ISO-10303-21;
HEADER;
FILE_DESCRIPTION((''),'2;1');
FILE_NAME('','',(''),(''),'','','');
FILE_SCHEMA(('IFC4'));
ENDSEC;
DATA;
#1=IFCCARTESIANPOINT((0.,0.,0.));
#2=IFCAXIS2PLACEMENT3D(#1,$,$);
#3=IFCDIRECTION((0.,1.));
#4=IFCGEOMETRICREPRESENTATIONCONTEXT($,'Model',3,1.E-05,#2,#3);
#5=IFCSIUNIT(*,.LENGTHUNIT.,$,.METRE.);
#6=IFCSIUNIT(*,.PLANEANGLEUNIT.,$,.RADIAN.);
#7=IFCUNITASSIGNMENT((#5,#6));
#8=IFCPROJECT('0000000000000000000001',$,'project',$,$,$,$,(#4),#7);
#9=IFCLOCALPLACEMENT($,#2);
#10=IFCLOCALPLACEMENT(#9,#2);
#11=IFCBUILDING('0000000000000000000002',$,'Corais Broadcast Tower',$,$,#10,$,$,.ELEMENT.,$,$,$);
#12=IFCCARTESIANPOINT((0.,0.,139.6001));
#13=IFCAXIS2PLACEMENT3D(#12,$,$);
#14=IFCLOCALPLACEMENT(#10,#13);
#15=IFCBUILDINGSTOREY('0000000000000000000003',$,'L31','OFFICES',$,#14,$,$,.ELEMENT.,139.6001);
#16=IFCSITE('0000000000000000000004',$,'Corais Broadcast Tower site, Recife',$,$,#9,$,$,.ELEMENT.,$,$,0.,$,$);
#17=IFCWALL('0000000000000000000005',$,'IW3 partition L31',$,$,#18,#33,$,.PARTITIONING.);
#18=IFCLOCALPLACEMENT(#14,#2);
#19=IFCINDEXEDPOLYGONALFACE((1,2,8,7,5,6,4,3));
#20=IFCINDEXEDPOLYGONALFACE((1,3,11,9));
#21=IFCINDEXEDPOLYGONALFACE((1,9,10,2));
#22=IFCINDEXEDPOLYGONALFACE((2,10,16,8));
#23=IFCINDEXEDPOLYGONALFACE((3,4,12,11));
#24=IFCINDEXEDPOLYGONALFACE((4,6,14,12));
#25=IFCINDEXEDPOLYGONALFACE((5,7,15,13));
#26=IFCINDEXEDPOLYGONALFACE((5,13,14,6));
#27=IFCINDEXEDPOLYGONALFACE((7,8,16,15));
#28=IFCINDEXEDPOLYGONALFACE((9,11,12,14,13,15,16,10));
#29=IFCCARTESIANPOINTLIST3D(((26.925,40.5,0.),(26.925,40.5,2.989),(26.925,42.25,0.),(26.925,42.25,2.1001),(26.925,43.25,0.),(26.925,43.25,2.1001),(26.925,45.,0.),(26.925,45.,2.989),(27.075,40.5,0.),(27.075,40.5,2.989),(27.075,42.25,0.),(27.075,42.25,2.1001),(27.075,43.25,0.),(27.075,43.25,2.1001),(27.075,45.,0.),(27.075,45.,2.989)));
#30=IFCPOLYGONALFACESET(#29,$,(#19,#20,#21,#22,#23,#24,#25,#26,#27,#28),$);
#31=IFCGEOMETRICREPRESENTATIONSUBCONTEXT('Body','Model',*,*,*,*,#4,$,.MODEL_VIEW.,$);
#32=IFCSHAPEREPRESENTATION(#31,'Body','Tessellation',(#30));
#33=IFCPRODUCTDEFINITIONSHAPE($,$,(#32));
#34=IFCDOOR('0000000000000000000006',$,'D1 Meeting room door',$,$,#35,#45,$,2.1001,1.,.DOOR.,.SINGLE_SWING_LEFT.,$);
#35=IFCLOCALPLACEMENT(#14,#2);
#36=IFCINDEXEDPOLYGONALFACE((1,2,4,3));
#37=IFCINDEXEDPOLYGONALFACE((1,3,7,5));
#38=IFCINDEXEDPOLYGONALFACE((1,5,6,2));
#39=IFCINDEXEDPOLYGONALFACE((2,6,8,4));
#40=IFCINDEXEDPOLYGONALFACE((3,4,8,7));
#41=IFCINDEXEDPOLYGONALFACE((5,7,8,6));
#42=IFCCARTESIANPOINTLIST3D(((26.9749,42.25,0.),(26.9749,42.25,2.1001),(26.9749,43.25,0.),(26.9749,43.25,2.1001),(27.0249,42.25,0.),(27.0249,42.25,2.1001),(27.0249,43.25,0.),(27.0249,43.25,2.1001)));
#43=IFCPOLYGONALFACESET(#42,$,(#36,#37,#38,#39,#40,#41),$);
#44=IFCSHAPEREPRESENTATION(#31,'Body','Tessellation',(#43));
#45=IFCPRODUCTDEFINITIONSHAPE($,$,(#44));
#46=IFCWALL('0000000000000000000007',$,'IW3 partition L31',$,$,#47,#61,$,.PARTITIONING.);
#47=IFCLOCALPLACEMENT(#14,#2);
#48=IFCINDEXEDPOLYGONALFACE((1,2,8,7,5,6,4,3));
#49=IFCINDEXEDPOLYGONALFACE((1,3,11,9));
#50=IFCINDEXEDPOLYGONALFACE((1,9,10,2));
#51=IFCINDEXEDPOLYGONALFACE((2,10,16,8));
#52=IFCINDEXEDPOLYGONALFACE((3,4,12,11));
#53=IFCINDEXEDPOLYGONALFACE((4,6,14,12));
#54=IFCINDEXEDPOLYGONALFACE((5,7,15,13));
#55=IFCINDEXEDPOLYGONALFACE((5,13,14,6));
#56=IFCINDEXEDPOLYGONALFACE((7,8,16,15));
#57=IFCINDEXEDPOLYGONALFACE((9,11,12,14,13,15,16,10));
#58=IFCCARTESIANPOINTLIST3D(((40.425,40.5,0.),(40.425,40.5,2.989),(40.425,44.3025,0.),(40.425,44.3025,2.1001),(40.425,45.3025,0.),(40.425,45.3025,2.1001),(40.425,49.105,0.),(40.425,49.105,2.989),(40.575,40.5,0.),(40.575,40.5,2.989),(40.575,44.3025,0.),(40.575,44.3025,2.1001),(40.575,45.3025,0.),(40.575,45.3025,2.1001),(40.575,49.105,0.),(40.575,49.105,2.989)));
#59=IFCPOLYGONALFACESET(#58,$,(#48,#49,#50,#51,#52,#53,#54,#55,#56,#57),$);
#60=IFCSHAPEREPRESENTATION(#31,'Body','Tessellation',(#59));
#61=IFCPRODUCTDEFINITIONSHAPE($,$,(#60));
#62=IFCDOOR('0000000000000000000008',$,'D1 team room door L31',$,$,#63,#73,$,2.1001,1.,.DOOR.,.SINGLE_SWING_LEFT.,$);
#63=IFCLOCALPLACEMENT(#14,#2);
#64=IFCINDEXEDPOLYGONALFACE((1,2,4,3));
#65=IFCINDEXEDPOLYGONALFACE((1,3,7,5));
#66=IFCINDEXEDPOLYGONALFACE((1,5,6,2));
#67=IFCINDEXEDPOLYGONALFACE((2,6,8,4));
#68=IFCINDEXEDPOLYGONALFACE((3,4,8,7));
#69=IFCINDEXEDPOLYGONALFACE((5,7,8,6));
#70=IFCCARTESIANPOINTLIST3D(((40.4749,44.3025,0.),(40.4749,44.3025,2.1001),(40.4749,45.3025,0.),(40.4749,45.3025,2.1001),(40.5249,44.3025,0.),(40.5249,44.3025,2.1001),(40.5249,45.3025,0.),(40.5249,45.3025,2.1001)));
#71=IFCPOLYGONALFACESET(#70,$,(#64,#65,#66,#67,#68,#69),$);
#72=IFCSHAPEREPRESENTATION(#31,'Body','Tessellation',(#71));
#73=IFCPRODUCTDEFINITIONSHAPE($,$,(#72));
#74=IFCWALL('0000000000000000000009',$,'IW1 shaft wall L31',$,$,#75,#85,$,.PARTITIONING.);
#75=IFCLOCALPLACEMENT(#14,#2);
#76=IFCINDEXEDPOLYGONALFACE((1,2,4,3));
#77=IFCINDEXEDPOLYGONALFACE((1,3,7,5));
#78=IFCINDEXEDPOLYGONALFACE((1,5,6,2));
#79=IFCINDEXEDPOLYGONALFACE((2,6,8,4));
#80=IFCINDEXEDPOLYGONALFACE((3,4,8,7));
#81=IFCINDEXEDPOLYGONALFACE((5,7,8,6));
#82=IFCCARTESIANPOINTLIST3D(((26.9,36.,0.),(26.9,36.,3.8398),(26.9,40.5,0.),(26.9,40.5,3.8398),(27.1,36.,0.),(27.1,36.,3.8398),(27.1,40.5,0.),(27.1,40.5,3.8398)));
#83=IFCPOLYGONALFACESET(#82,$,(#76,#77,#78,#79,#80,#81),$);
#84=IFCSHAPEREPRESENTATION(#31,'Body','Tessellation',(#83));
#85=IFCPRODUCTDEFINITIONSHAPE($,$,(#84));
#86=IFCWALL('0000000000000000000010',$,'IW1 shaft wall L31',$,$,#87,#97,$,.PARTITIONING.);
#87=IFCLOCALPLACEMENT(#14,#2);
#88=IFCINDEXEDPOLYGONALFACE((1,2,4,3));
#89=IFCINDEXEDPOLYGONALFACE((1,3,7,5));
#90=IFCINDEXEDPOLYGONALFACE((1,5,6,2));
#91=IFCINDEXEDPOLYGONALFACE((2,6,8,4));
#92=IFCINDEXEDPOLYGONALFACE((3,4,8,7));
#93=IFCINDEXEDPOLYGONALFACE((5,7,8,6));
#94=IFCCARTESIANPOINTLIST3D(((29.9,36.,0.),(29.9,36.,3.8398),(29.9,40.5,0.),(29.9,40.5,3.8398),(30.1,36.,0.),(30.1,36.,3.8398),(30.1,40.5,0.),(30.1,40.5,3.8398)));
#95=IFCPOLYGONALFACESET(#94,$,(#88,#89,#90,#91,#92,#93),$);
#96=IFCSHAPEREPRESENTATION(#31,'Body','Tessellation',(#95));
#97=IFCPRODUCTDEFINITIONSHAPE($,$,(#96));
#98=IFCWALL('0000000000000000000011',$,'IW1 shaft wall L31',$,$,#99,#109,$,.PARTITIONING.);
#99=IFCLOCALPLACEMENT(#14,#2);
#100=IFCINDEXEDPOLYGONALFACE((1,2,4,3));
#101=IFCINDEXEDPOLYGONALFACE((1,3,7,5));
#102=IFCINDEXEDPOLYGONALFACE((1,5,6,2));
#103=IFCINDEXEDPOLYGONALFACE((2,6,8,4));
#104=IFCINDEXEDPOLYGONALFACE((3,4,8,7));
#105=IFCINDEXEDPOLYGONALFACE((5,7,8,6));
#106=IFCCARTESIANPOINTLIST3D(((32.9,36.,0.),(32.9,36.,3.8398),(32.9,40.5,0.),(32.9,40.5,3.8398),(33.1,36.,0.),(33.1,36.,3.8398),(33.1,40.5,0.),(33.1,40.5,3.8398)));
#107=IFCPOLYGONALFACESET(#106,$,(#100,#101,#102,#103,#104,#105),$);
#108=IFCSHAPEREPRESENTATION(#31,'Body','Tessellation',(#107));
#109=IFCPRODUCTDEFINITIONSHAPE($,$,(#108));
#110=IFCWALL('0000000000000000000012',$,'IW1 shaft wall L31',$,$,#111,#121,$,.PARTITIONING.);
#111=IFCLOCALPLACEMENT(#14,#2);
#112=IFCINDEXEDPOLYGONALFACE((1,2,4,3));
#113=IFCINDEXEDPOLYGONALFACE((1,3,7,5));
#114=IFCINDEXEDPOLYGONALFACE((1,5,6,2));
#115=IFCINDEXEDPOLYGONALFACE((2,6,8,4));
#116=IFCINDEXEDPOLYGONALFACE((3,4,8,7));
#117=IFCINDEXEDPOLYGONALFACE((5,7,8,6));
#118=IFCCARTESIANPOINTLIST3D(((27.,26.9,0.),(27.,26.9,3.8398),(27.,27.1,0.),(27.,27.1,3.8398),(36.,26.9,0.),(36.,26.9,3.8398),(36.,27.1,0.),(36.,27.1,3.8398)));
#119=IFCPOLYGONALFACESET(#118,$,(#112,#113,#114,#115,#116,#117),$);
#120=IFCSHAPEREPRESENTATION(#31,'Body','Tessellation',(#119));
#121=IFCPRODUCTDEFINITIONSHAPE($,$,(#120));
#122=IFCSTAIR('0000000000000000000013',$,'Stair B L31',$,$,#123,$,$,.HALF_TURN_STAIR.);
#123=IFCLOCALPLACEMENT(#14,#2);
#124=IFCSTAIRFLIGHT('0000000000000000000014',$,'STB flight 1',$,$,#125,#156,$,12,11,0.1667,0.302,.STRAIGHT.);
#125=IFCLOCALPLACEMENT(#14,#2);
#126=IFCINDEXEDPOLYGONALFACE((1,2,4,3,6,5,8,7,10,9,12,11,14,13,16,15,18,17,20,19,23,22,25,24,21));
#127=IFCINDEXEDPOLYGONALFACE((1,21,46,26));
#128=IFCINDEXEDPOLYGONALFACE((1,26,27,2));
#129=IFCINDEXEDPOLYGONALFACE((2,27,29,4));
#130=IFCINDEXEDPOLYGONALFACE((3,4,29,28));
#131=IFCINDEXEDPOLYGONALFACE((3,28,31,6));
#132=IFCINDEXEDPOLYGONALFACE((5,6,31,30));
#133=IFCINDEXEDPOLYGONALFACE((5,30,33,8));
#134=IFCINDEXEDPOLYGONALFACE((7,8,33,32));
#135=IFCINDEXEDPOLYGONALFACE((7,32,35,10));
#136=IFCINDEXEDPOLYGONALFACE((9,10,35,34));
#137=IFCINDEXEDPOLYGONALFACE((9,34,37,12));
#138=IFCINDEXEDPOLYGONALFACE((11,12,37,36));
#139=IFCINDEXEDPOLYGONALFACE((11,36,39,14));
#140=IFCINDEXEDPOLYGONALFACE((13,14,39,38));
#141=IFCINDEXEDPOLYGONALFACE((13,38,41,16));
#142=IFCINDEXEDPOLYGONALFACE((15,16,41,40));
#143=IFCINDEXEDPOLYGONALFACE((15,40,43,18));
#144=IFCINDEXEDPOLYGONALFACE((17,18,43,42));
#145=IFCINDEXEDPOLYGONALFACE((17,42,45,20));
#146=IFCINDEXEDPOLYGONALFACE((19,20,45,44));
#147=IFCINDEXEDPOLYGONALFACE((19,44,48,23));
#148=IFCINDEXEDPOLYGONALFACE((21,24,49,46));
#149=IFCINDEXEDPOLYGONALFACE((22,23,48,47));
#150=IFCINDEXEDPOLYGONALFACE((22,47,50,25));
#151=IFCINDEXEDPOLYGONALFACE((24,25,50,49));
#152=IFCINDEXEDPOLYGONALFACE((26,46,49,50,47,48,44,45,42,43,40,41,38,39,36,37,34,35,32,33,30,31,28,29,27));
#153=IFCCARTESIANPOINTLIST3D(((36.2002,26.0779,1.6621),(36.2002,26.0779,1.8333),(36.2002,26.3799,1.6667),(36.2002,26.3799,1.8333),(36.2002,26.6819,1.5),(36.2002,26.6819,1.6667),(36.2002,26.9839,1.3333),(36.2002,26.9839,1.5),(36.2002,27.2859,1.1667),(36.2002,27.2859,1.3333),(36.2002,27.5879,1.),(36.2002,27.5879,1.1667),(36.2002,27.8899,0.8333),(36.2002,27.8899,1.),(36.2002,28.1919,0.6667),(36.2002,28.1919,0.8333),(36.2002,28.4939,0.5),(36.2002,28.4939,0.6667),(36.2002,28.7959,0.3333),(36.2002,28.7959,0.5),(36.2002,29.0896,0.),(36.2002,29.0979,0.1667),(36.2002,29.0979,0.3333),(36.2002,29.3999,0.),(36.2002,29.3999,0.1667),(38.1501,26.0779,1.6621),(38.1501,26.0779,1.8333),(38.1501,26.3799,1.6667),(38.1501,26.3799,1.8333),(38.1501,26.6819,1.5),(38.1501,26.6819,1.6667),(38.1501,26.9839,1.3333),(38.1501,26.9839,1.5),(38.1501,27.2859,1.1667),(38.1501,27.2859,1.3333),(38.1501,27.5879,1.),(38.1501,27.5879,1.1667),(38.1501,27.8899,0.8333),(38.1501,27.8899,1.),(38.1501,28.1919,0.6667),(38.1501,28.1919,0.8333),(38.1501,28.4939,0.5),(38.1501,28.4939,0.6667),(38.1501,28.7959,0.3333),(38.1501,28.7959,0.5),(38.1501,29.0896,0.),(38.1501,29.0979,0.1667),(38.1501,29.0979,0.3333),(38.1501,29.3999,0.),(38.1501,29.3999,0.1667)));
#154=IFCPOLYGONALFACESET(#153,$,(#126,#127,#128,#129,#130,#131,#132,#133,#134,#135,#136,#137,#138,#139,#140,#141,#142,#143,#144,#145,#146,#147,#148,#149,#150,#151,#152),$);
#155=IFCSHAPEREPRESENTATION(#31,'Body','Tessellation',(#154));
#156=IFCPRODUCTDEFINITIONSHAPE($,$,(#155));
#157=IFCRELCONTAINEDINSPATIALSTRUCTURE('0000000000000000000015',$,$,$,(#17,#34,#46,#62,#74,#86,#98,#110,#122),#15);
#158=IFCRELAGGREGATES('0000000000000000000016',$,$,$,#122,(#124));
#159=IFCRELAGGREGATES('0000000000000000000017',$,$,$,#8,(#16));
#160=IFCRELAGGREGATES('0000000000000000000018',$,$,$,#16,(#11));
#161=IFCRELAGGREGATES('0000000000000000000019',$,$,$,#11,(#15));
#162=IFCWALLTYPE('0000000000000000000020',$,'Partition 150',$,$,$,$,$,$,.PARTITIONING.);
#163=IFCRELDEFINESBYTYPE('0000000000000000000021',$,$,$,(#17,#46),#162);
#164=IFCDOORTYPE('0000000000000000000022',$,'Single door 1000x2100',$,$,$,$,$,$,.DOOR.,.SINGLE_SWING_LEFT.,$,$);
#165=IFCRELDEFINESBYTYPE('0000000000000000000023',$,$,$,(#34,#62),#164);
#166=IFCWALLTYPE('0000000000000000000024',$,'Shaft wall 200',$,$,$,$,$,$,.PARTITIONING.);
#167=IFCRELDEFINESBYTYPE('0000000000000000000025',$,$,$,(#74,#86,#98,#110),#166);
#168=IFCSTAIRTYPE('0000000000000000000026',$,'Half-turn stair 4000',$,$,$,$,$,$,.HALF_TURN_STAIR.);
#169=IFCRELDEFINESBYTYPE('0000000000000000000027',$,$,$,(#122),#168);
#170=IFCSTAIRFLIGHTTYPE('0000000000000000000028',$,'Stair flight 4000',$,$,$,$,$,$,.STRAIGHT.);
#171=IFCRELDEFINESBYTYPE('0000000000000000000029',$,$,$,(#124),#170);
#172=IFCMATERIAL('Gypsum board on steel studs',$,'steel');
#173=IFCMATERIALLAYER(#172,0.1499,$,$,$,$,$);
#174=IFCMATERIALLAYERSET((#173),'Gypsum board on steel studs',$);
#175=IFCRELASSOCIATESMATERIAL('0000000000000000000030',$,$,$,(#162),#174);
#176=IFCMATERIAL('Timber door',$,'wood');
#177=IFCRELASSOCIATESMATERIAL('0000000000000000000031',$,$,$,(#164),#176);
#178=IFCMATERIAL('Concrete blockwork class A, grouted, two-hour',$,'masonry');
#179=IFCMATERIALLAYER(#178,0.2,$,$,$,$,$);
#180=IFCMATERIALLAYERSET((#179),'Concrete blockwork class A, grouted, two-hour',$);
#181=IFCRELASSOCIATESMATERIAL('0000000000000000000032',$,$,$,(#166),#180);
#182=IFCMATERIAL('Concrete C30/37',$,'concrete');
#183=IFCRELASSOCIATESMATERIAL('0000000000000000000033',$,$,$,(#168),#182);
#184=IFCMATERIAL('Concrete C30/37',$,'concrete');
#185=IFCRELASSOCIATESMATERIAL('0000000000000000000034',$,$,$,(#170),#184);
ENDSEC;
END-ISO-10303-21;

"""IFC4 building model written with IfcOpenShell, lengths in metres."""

from ifc_helpers import new_model, si_unit, direction, frame, frame_2d, origin, place, context, subcontext, project, spatial, polyline, rectangle, outline, extrude, material, layer, layer_set, type_object, element, fill, aggregate, save


model = new_model("IFC4")

# Units and contexts
model_context = context("Model", 3, precision=1e-05, world=origin(), true_north=direction((0.0, 1.0)))
body_context = subcontext(model_context, "Body", "Model", "MODEL_VIEW")
ifc_project = project(units=[si_unit("LENGTHUNIT", "METRE"), si_unit("PLANEANGLEUNIT", "RADIAN")], contexts=[model_context])

# Site, building, storey
site_placement = place(None, origin())
site = spatial("IfcSite", under=ifc_project, at=site_placement, Name="Corais Broadcast Tower site, Recife", CompositionType="ELEMENT", RefElevation=0.0)
building_placement = place(site_placement, origin())
building = spatial("IfcBuilding", under=site, at=building_placement, Name="Corais Broadcast Tower", CompositionType="ELEMENT")
storey_placement = place(building_placement, frame((0.0, 0.0, 139.6001)))
storey = spatial("IfcBuildingStorey", under=building, at=storey_placement, Name="L31", Description="OFFICES", CompositionType="ELEMENT", Elevation=139.6001)

# Shared definitions
ifc_material_1 = material(Name="Gypsum board on steel studs", Category="steel")
ifc_layer_1 = layer(ifc_material_1, 0.1499)
ifc_layer_set_1 = layer_set([ifc_layer_1], Name="Gypsum board on steel studs")
wall_type_1 = type_object("IfcWallType", Name="Partition 150", PredefinedType="PARTITIONING", material=ifc_layer_set_1)

# Walls, openings, doors
wall_1_placement = place(storey_placement, frame((27.0, 45.0, 0.0), z_axis=(0.0, 0.0, 1.0), x_axis=(0.0, -1.0, 0.0)))
wall_1 = element("IfcWall", 1, at=wall_1_placement, inside=storey, type_object=wall_type_1, Name="IW3 partition L31", PredefinedType="PARTITIONING", context=body_context, shape_type="SweptSolid", body=[
    extrude(rectangle(XDim=4.5, YDim=0.1499, at=frame_2d((2.25, 0.0))), origin(), (0.0, 0.0, 1.0), 2.989),
])
opening_1_placement = place(wall_1_placement, frame((1.75, 0.0, 0.0)))
opening_1 = element("IfcOpeningElement", 2, at=opening_1_placement, cuts=wall_1, PredefinedType="OPENING", context=body_context, shape_type="SweptSolid", body=[
    extrude(rectangle(XDim=1.0, YDim=2.1001, at=frame_2d((0.5, 1.05))), frame((0.0, 0.085, 0.0), z_axis=(0.0, -1.0, 0.0), x_axis=(1.0, 0.0, 0.0)), (0.0, 0.0, 1.0), 0.1699),
])
ifc_material_2 = material(Name="Timber door", Category="wood")
door_type = type_object("IfcDoorType", Name="Single door 1000x2100", OperationType="SINGLE_SWING_LEFT", PredefinedType="DOOR", material=ifc_material_2)
door_1_placement = place(opening_1_placement, origin())
door_1 = element("IfcDoor", 3, at=door_1_placement, inside=storey, type_object=door_type, Name="D1 Meeting room door", OperationType="SINGLE_SWING_LEFT", OverallHeight=2.1001, OverallWidth=1.0, PredefinedType="DOOR", context=body_context, shape_type="SweptSolid", body=[
    extrude(rectangle(XDim=1.0, YDim=2.1001, at=frame_2d((0.5, 1.05))), frame((0.0, 0.0249, 0.0), z_axis=(0.0, -1.0, 0.0), x_axis=(1.0, 0.0, 0.0)), (0.0, 0.0, 1.0), 0.05),
])
fill(opening_1, door_1)
wall_2_placement = place(storey_placement, frame((40.5, 49.105, 0.0), z_axis=(0.0, 0.0, 1.0), x_axis=(0.0, -1.0, 0.0)))
wall_2 = element("IfcWall", 4, at=wall_2_placement, inside=storey, type_object=wall_type_1, Name="IW3 partition L31", PredefinedType="PARTITIONING", context=body_context, shape_type="SweptSolid", body=[
    extrude(rectangle(XDim=8.605, YDim=0.1499, at=frame_2d((4.3025, 0.0))), origin(), (0.0, 0.0, 1.0), 2.989),
])
opening_2_placement = place(wall_2_placement, frame((3.8025, 0.0, 0.0)))
opening_2 = element("IfcOpeningElement", 5, at=opening_2_placement, cuts=wall_2, PredefinedType="OPENING", context=body_context, shape_type="SweptSolid", body=[
    extrude(rectangle(XDim=1.0, YDim=2.1001, at=frame_2d((0.5, 1.05))), frame((0.0, 0.085, 0.0), z_axis=(0.0, -1.0, 0.0), x_axis=(1.0, 0.0, 0.0)), (0.0, 0.0, 1.0), 0.1699),
])
door_2_placement = place(opening_2_placement, origin())
door_2 = element("IfcDoor", 6, at=door_2_placement, inside=storey, type_object=door_type, Name="D1 team room door L31", OperationType="SINGLE_SWING_LEFT", OverallHeight=2.1001, OverallWidth=1.0, PredefinedType="DOOR", context=body_context, shape_type="SweptSolid", body=[
    extrude(rectangle(XDim=1.0, YDim=2.1001, at=frame_2d((0.5, 1.05))), frame((0.0, 0.0249, 0.0), z_axis=(0.0, -1.0, 0.0), x_axis=(1.0, 0.0, 0.0)), (0.0, 0.0, 1.0), 0.05),
])
fill(opening_2, door_2)

# Walls
ifc_material_3 = material(Name="Concrete blockwork class A, grouted, two-hour", Category="masonry")
ifc_layer_2 = layer(ifc_material_3, 0.2)
ifc_layer_set_2 = layer_set([ifc_layer_2], Name="Concrete blockwork class A, grouted, two-hour")
wall_type_2 = type_object("IfcWallType", Name="Shaft wall 200", PredefinedType="PARTITIONING", material=ifc_layer_set_2)
for number, where, z_axis, x_axis, name in (
    (7, (27.0, 36.0, 0.0), (0.0, 0.0, 1.0), (0.0, 1.0, 0.0), "IW1 shaft wall L31"),
    (8, (30.0, 36.0, 0.0), (0.0, 0.0, 1.0), (0.0, 1.0, 0.0), "IW1 shaft wall L31"),
    (9, (33.0, 36.0, 0.0), (0.0, 0.0, 1.0), (0.0, 1.0, 0.0), "IW1 shaft wall L31"),
):
    element("IfcWall", number, at=place(storey_placement, frame(where, z_axis=z_axis, x_axis=x_axis)), inside=storey, type_object=wall_type_2, Name=name, PredefinedType="PARTITIONING", context=body_context, shape_type="SweptSolid", body=[
        extrude(rectangle(XDim=4.5, YDim=0.2, at=frame_2d((2.25, 0.0))), origin(), (0.0, 0.0, 1.0), 3.8398),
    ])
wall_3_placement = place(storey_placement, frame((27.0, 27.0, 0.0), z_axis=(0.0, 0.0, 1.0), x_axis=(1.0, 0.0, 0.0)))
element("IfcWall", 10, at=wall_3_placement, inside=storey, type_object=wall_type_2, Name="IW1 shaft wall L31", PredefinedType="PARTITIONING", context=body_context, shape_type="SweptSolid", body=[
    extrude(rectangle(XDim=9.0, YDim=0.2, at=frame_2d((4.5, 0.0))), origin(), (0.0, 0.0, 1.0), 3.8398),
])

# Stair, stair flight
ifc_material_4 = material(Name="Concrete C30/37", Category="concrete")
stair_type = type_object("IfcStairType", Name="Half-turn stair 4000", PredefinedType="HALF_TURN_STAIR", material=ifc_material_4)
stair_placement = place(storey_placement, origin())
stair = element("IfcStair", 11, at=stair_placement, inside=storey, type_object=stair_type, Name="Stair B L31", PredefinedType="HALF_TURN_STAIR")
ifc_material_5 = material(Name="Concrete C30/37", Category="concrete")
stair_flight_type = type_object("IfcStairFlightType", Name="Stair flight 4000", PredefinedType="STRAIGHT", material=ifc_material_5)
stair_flight_placement = place(storey_placement, frame((37.175, 29.3999, 0.0), z_axis=(0.0, 0.0, 1.0), x_axis=(0.0, -1.0, 0.0)))
stair_flight = element("IfcStairFlight", 12, at=stair_flight_placement, type_object=stair_flight_type, Name="STB flight 1", NumberOfRisers=12, NumberOfTreads=11, PredefinedType="STRAIGHT", RiserHeight=0.1667, TreadLength=0.302, context=body_context, shape_type="SweptSolid", body=[
    extrude(outline(polyline([(0.0, 0.0), (0.0, 0.1667), (0.302, 0.1667), (0.302, 0.3333), (0.604, 0.3333), (0.604, 0.5), (0.906, 0.5), (0.906, 0.6667), (1.208, 0.6667), (1.208, 0.8333), (1.51, 0.8333), (1.51, 1.0), (1.812, 1.0), (1.812, 1.1667), (2.114, 1.1667), (2.114, 1.3333), (2.416, 1.3333), (2.416, 1.5), (2.718, 1.5), (2.718, 1.6667), (3.02, 1.6667), (3.02, 1.8333), (3.322, 1.8333), (3.322, 2.0), (3.322, 1.6621), (0.3103, 0.0), (0.0, 0.0)])), frame((0.0, 0.9751, 0.0), z_axis=(0.0, -1.0, 0.0), x_axis=(1.0, 0.0, 0.0)), (0.0, 0.0, 1.0), 1.95),
])
aggregate(stair, [stair_flight])

save(model, "model.ifc")
